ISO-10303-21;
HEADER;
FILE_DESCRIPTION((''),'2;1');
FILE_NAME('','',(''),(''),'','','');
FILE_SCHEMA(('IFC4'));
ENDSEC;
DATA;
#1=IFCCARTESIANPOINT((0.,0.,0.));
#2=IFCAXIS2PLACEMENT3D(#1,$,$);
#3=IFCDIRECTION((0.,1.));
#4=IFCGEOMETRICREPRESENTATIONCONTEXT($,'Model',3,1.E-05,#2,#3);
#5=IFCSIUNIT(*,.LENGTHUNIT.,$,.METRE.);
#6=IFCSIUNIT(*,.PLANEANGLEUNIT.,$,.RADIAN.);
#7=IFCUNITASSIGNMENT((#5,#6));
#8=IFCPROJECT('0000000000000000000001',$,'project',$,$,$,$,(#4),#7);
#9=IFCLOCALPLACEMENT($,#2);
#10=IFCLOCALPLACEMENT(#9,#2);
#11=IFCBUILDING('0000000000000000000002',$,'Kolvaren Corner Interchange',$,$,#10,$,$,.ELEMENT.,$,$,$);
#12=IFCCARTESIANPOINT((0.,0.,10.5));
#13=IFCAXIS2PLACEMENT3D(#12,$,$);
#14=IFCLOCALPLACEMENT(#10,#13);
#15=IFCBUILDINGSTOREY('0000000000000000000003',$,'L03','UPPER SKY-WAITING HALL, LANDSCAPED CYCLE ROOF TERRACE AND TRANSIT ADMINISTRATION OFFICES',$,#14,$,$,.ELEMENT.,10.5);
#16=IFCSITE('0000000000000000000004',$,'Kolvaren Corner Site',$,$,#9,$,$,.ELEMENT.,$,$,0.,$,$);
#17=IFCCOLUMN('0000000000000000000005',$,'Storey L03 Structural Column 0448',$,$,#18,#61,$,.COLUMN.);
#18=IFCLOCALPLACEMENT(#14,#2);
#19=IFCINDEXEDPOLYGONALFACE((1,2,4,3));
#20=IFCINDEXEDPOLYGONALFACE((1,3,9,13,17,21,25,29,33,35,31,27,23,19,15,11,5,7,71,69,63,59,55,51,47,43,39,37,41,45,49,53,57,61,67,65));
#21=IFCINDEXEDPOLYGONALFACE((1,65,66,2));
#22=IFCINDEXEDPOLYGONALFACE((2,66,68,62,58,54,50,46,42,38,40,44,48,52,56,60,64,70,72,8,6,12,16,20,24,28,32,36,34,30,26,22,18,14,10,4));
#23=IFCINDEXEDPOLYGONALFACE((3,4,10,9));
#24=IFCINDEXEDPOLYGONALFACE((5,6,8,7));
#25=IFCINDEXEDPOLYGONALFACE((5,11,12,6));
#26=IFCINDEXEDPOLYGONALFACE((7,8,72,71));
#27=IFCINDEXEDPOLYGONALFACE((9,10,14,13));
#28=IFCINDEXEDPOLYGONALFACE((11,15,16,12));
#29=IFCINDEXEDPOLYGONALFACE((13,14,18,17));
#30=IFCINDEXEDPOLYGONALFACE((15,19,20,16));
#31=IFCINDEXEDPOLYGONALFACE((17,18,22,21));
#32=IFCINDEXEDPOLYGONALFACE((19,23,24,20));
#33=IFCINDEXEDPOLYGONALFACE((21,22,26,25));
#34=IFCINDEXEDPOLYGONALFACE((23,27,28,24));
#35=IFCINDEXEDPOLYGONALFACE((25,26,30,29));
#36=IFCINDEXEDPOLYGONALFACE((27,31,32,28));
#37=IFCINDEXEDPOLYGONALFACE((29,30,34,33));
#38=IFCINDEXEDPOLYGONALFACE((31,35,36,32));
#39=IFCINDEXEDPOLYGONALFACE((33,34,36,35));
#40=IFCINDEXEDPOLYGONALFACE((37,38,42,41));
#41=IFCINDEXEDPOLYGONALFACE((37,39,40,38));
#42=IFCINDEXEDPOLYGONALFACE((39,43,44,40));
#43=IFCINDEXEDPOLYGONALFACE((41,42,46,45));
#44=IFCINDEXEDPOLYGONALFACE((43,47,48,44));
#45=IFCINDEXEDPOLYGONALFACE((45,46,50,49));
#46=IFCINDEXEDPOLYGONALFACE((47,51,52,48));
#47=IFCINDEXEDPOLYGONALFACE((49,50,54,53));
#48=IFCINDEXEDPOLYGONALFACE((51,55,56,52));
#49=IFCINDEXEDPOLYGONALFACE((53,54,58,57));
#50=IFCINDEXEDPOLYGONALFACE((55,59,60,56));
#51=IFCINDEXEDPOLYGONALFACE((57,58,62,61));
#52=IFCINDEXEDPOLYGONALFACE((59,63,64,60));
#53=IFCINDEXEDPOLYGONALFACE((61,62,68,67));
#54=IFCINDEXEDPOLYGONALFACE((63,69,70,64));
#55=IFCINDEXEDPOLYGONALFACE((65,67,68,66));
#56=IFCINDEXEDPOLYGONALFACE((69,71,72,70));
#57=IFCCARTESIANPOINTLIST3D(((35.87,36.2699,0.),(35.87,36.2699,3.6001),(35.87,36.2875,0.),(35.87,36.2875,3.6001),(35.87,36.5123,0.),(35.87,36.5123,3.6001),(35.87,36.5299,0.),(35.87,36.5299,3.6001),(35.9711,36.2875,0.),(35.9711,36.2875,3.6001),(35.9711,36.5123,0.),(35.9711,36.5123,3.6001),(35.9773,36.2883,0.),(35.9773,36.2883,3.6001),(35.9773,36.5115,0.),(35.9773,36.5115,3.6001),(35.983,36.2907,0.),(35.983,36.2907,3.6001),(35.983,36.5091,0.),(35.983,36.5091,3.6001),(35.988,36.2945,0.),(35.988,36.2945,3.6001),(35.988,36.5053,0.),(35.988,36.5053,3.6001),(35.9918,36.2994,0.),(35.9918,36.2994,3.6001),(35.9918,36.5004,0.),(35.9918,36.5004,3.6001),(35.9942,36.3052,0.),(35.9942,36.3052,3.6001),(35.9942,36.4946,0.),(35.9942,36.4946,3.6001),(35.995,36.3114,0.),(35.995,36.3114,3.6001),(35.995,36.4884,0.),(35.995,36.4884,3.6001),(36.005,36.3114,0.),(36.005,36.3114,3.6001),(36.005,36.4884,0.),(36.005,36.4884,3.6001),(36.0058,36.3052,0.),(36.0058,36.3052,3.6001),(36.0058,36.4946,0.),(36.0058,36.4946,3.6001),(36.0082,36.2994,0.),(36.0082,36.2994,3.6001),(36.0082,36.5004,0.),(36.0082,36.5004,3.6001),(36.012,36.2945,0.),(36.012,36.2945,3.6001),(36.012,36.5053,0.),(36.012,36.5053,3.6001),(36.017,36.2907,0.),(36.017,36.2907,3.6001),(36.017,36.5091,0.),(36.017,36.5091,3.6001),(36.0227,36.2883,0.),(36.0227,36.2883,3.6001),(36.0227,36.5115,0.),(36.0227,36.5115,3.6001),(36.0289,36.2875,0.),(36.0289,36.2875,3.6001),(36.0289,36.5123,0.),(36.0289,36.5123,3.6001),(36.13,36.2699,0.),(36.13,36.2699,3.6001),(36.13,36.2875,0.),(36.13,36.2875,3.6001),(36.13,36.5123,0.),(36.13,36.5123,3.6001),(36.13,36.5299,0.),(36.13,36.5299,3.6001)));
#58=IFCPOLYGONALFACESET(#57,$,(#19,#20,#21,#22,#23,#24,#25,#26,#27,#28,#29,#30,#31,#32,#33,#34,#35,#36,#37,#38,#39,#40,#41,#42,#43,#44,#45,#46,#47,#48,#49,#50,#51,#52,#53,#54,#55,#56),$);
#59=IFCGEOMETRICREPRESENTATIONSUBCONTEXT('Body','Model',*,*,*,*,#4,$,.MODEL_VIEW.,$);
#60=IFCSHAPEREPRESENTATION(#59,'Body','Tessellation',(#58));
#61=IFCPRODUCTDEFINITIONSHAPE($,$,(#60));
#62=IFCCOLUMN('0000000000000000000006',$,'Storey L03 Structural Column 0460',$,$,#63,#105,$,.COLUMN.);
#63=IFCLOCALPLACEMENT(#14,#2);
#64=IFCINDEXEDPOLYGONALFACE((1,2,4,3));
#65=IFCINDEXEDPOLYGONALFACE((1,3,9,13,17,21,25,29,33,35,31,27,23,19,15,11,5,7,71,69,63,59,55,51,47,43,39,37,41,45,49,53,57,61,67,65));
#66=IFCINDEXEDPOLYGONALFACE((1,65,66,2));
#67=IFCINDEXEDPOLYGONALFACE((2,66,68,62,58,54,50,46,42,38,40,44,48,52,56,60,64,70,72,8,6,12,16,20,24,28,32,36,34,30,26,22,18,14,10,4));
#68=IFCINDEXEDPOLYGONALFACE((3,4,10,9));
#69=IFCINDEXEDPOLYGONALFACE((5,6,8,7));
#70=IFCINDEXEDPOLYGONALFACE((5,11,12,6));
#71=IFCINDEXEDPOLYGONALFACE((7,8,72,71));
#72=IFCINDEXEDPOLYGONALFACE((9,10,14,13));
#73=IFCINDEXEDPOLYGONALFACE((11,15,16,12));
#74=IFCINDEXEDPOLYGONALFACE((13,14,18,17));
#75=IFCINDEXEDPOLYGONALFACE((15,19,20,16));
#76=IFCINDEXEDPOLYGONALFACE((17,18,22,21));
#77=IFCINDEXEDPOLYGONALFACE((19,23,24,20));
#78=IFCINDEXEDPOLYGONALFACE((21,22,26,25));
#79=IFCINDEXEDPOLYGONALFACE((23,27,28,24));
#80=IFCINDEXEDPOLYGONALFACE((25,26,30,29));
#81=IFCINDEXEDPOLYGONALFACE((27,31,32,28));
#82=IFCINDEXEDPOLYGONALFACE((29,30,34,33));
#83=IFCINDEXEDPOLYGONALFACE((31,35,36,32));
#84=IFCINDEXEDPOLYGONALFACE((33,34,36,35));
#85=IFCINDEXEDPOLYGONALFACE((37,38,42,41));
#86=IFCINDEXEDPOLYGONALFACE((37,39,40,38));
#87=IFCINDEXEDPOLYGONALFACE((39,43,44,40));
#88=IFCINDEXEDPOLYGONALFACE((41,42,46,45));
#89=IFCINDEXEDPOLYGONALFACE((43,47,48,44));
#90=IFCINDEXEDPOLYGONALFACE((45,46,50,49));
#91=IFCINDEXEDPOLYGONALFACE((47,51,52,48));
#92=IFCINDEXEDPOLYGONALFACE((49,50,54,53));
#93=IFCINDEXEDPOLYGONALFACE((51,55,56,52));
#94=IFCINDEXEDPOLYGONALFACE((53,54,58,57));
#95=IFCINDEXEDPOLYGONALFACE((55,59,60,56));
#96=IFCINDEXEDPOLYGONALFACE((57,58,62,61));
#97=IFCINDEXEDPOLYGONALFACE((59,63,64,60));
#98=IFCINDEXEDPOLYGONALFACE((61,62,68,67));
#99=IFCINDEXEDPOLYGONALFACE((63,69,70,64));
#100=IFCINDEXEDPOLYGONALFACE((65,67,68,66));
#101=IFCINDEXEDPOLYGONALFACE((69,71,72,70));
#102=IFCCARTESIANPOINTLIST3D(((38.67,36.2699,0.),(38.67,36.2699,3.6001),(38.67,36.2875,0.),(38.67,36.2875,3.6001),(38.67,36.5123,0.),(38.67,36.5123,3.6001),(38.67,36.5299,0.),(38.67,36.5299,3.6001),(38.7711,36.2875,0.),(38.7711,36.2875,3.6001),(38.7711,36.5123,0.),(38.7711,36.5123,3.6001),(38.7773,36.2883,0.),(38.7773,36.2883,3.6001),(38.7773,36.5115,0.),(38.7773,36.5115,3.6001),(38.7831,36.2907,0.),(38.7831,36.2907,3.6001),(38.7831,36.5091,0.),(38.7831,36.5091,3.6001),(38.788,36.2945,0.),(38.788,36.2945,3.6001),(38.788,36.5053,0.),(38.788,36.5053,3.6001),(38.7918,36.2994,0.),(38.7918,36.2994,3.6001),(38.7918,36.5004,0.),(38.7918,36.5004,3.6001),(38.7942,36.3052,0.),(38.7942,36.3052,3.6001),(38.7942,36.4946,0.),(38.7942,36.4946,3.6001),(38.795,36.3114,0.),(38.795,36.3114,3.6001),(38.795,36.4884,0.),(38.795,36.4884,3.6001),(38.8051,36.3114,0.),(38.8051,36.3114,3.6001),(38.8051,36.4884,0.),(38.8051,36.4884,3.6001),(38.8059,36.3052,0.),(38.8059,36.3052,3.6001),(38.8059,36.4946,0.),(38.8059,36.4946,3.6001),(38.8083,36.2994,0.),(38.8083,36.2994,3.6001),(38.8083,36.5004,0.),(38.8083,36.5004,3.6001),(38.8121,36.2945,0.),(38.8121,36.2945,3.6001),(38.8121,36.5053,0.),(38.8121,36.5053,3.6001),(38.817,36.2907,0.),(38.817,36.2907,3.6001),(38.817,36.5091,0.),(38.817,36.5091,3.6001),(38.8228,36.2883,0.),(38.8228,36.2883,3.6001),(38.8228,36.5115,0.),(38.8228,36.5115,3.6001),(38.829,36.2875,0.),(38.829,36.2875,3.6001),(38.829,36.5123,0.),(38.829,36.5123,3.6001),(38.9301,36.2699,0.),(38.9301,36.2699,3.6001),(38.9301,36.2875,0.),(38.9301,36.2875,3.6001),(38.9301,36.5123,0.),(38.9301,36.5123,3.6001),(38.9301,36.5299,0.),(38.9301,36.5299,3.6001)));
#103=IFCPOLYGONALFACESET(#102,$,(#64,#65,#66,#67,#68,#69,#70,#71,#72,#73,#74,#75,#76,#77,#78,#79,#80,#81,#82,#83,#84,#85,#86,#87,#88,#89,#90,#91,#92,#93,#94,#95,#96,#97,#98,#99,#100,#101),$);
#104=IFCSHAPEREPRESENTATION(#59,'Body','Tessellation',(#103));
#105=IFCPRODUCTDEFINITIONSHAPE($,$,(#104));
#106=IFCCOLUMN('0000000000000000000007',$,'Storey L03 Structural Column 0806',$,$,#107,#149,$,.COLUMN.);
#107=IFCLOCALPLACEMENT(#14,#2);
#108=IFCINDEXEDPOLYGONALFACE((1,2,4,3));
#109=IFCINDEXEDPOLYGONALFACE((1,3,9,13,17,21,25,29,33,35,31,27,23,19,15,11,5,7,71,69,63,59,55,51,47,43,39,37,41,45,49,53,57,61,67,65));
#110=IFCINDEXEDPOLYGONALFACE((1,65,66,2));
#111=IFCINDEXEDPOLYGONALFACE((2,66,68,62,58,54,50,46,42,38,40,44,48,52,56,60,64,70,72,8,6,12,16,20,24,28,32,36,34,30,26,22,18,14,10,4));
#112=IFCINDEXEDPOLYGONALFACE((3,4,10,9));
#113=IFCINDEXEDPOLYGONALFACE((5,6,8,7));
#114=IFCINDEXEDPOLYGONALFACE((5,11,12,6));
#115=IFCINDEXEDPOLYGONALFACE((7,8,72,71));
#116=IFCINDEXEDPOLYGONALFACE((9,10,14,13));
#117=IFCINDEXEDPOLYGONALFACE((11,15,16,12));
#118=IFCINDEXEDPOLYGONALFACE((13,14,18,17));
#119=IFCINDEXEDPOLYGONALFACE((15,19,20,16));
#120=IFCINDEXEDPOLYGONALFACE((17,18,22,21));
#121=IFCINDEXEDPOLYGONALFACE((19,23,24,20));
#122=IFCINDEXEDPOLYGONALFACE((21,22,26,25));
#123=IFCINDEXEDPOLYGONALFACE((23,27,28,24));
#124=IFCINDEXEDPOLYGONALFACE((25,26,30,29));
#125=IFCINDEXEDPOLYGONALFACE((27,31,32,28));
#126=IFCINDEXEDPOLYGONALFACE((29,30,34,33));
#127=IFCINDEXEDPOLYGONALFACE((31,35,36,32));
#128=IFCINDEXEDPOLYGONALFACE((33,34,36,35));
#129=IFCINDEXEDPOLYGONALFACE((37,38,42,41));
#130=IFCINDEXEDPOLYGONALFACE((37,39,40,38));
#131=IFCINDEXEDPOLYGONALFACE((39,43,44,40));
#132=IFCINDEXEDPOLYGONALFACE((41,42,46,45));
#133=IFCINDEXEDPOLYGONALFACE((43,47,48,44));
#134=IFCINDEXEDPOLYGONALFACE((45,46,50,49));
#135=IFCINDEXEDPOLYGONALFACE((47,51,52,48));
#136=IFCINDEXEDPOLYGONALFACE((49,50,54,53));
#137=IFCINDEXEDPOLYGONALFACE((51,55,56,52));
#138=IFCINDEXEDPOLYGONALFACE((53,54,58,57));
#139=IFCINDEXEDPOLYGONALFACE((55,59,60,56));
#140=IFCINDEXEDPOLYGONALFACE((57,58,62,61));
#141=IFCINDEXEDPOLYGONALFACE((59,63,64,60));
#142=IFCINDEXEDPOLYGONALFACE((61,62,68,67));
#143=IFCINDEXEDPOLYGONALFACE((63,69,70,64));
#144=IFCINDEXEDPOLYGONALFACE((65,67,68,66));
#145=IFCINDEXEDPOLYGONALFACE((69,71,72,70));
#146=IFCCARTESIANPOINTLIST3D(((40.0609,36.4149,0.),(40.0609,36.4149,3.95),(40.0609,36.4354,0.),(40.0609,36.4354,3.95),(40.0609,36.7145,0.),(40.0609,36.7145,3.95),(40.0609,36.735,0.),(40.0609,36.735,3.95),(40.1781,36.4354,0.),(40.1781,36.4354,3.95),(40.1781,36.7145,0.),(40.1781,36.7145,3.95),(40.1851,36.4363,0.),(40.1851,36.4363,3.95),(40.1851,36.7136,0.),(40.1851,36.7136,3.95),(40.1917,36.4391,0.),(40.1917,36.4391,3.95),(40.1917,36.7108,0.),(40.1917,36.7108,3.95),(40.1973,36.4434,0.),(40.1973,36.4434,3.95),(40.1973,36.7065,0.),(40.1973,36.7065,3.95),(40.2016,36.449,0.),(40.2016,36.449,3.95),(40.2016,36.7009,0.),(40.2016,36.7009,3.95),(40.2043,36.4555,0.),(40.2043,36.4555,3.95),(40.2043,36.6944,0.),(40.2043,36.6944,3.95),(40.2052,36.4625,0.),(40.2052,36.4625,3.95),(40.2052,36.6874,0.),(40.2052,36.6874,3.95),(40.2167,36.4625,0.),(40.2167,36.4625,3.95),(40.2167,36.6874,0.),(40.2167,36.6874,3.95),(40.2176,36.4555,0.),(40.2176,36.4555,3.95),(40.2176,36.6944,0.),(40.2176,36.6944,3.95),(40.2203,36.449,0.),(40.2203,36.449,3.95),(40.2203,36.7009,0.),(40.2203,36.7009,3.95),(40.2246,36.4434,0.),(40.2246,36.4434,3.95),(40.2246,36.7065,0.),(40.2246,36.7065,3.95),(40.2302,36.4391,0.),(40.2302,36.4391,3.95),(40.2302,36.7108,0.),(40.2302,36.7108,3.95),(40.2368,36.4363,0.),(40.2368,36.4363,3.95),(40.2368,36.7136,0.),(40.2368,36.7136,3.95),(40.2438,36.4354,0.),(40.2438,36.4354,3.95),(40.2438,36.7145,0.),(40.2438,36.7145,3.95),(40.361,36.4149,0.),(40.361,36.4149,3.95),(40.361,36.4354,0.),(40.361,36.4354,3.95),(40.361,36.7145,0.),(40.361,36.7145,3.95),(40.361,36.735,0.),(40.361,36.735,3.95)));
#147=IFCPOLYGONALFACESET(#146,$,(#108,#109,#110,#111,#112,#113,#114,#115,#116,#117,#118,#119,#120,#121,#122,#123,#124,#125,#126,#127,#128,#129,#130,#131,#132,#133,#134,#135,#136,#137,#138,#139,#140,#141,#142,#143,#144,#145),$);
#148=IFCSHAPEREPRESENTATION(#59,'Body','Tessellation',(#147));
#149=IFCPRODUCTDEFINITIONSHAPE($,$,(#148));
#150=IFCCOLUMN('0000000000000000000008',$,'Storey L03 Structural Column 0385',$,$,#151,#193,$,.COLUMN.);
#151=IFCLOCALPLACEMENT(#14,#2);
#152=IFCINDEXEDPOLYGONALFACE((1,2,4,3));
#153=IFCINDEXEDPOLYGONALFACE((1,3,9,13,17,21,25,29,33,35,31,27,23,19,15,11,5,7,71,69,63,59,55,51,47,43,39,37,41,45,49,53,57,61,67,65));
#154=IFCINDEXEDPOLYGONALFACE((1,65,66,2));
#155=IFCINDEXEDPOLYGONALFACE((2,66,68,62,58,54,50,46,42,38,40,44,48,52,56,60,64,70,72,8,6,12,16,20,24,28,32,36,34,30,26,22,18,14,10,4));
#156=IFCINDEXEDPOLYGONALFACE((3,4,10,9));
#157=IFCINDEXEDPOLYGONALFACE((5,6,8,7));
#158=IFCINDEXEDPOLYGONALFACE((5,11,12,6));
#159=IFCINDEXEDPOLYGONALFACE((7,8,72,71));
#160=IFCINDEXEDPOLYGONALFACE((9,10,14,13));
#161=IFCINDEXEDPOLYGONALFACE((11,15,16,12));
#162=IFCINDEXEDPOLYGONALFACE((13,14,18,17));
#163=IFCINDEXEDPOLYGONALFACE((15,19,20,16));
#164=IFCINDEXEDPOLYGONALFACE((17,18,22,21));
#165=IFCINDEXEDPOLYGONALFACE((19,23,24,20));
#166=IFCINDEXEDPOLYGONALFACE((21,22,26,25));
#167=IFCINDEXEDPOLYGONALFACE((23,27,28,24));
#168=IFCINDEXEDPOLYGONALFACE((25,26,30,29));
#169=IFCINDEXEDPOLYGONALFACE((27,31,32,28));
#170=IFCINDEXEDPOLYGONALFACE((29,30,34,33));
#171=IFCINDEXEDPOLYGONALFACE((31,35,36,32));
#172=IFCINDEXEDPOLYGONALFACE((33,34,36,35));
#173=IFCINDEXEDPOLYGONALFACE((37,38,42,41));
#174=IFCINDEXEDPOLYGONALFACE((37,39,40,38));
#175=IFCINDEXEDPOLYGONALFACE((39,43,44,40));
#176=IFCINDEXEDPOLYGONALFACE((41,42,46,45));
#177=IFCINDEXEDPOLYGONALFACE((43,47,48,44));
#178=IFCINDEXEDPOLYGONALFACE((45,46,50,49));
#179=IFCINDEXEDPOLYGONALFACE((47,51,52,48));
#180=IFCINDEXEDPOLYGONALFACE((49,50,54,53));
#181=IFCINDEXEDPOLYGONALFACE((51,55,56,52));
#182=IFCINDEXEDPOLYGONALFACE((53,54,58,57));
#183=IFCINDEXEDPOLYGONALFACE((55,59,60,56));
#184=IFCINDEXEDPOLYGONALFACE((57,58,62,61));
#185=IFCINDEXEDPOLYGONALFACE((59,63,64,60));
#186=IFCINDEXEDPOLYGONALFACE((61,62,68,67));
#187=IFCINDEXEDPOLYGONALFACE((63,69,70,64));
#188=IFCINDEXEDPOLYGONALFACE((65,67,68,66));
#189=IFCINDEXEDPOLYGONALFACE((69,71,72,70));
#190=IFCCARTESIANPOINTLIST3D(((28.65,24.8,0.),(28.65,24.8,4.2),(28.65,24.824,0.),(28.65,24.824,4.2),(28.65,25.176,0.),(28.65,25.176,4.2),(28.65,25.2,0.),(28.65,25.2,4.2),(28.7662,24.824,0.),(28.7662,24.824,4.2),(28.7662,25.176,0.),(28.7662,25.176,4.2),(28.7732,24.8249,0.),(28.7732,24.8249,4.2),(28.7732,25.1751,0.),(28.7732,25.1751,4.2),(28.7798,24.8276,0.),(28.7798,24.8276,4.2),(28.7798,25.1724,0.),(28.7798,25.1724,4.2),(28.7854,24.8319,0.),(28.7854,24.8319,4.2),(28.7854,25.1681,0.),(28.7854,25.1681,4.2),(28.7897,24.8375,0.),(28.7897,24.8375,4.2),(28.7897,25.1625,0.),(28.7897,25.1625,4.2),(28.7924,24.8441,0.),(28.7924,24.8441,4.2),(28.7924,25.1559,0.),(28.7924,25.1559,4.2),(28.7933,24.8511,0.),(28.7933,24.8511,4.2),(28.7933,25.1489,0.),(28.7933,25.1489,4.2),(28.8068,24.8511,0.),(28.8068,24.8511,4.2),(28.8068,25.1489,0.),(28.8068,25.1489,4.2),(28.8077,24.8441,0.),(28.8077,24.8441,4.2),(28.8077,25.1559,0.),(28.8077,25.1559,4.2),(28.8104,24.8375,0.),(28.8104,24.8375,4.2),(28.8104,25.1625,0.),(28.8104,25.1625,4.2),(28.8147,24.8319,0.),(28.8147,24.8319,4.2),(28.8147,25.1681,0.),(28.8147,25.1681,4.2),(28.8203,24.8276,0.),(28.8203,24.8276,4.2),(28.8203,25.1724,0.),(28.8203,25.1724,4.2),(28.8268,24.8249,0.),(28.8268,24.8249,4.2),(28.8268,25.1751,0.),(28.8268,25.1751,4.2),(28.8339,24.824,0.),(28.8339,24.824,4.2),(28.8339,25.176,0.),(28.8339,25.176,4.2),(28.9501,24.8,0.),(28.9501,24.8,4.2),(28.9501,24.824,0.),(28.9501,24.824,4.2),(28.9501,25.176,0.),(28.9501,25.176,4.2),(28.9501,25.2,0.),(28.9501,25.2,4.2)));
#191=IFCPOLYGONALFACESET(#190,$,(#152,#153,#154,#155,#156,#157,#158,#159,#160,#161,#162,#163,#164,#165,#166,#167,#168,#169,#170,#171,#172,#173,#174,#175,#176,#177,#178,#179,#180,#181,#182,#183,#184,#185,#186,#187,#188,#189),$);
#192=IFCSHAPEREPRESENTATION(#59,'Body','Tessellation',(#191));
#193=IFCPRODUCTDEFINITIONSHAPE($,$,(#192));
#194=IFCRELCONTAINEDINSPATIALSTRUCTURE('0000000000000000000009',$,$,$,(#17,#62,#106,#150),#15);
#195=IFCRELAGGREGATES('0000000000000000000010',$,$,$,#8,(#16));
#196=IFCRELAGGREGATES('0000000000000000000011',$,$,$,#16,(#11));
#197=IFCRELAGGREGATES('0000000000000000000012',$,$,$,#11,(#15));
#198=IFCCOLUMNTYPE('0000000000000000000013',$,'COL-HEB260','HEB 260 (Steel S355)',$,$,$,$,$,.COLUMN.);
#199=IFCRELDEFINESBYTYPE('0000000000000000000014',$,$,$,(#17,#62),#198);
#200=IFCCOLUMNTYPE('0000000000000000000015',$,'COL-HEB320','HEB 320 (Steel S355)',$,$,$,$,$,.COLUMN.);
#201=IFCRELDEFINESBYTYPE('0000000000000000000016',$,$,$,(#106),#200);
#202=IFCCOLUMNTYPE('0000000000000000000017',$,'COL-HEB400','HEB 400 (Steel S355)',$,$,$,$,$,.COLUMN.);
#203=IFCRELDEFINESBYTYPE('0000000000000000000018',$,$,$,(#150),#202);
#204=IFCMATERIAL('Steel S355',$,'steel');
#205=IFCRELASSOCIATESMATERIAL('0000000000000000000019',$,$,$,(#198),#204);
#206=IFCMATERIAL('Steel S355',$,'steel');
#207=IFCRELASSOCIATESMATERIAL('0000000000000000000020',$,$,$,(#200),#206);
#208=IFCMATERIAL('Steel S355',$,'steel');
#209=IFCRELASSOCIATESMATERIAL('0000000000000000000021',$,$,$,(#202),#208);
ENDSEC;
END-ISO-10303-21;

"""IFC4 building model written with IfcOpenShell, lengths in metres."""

from ifc_helpers import new_model, si_unit, direction, frame, origin, origin_2d, place, context, subcontext, project, spatial, i_section, extrude, material, material_profile, profile_set, type_object, element, save


model = new_model("IFC4")

# Units and contexts
model_context = context("Model", 3, precision=1e-05, world=origin(), true_north=direction((0.0, 1.0)))
body_context = subcontext(model_context, "Body", "Model", "MODEL_VIEW")
ifc_project = project(units=[si_unit("LENGTHUNIT", "METRE"), si_unit("PLANEANGLEUNIT", "RADIAN")], contexts=[model_context])

# Site, building, storey
site_placement = place(None, origin())
site = spatial("IfcSite", under=ifc_project, at=site_placement, Name="Kolvaren Corner Site", CompositionType="ELEMENT", RefElevation=0.0)
building_placement = place(site_placement, origin())
building = spatial("IfcBuilding", under=site, at=building_placement, Name="Kolvaren Corner Interchange", CompositionType="ELEMENT")
storey_placement = place(building_placement, frame((0.0, 0.0, 10.5)))
storey = spatial("IfcBuildingStorey", under=building, at=storey_placement, Name="L03", Description="UPPER SKY-WAITING HALL, LANDSCAPED CYCLE ROOF TERRACE AND TRANSIT ADMINISTRATION OFFICES", CompositionType="ELEMENT", Elevation=10.5)

# Columns
ifc_material_1 = material(Name="Steel S355", Category="steel")
ifc_material_profile_1 = material_profile(ifc_material_1, i_section(OverallWidth=0.26, OverallDepth=0.26, WebThickness=0.01, FlangeThickness=0.0176, FilletRadius=0.0239, at=origin_2d()), Name="HEB 260")
ifc_profile_set_1 = profile_set([ifc_material_profile_1], Name="Steel S355")
column_type_1 = type_object("IfcColumnType", Name="COL-HEB260", Description="HEB 260 (Steel S355)", PredefinedType="COLUMN", material=ifc_profile_set_1)
for number, where, z_axis, x_axis, name in (
    (1, (36.0, 36.3999, 0.0), (0.0, 0.0, 1.0), (1.0, 0.0, 0.0), "Storey L03 Structural Column 0448"),
    (2, (38.8, 36.3999, 0.0), (0.0, 0.0, 1.0), (1.0, 0.0, 0.0), "Storey L03 Structural Column 0460"),
):
    element("IfcColumn", number, at=place(storey_placement, frame(where, z_axis=z_axis, x_axis=x_axis)), inside=storey, type_object=column_type_1, Name=name, PredefinedType="COLUMN", context=body_context, shape_type="SweptSolid", body=[
        extrude(i_section(OverallWidth=0.26, OverallDepth=0.26, WebThickness=0.01, FlangeThickness=0.0176, FilletRadius=0.0239, at=origin_2d()), origin(), (0.0, 0.0, 1.0), 3.6001),
    ])
ifc_material_2 = material(Name="Steel S355", Category="steel")
ifc_material_profile_2 = material_profile(ifc_material_2, i_section(OverallWidth=0.3, OverallDepth=0.3201, WebThickness=0.0115, FlangeThickness=0.0205, FilletRadius=0.0271, at=origin_2d()), Name="HEB 320")
ifc_profile_set_2 = profile_set([ifc_material_profile_2], Name="Steel S355")
column_type_2 = type_object("IfcColumnType", Name="COL-HEB320", Description="HEB 320 (Steel S355)", PredefinedType="COLUMN", material=ifc_profile_set_2)
column_placement = place(storey_placement, frame((40.2109, 36.575, 0.0), z_axis=(0.0, 0.0, 1.0), x_axis=(1.0, 0.0, 0.0)))
element("IfcColumn", 3, at=column_placement, inside=storey, type_object=column_type_2, Name="Storey L03 Structural Column 0806", PredefinedType="COLUMN", context=body_context, shape_type="SweptSolid", body=[
    extrude(i_section(OverallWidth=0.3, OverallDepth=0.3201, WebThickness=0.0115, FlangeThickness=0.0205, FilletRadius=0.0271, at=origin_2d()), origin(), (0.0, 0.0, 1.0), 3.95),
])
ifc_material_3 = material(Name="Steel S355", Category="steel")
ifc_material_profile_3 = material_profile(ifc_material_3, i_section(OverallWidth=0.3, OverallDepth=0.3999, WebThickness=0.0134, FlangeThickness=0.0239, FilletRadius=0.0271, at=origin_2d()), Name="HEB 400")
ifc_profile_set_3 = profile_set([ifc_material_profile_3], Name="Steel S355")
column_type_3 = type_object("IfcColumnType", Name="COL-HEB400", Description="HEB 400 (Steel S355)", PredefinedType="COLUMN", material=ifc_profile_set_3)
for number, where, z_axis, x_axis, name in (
    (4, (28.8, 25.0, 0.0), (0.0, 0.0, 1.0), (1.0, 0.0, 0.0), "Storey L03 Structural Column 0385"),
):
    element("IfcColumn", number, at=place(storey_placement, frame(where, z_axis=z_axis, x_axis=x_axis)), inside=storey, type_object=column_type_3, Name=name, PredefinedType="COLUMN", context=body_context, shape_type="SweptSolid", body=[
        extrude(i_section(OverallWidth=0.3, OverallDepth=0.3999, WebThickness=0.0134, FlangeThickness=0.0239, FilletRadius=0.0271, at=origin_2d()), origin(), (0.0, 0.0, 1.0), 4.2),
    ])

save(model, "model.ifc")
